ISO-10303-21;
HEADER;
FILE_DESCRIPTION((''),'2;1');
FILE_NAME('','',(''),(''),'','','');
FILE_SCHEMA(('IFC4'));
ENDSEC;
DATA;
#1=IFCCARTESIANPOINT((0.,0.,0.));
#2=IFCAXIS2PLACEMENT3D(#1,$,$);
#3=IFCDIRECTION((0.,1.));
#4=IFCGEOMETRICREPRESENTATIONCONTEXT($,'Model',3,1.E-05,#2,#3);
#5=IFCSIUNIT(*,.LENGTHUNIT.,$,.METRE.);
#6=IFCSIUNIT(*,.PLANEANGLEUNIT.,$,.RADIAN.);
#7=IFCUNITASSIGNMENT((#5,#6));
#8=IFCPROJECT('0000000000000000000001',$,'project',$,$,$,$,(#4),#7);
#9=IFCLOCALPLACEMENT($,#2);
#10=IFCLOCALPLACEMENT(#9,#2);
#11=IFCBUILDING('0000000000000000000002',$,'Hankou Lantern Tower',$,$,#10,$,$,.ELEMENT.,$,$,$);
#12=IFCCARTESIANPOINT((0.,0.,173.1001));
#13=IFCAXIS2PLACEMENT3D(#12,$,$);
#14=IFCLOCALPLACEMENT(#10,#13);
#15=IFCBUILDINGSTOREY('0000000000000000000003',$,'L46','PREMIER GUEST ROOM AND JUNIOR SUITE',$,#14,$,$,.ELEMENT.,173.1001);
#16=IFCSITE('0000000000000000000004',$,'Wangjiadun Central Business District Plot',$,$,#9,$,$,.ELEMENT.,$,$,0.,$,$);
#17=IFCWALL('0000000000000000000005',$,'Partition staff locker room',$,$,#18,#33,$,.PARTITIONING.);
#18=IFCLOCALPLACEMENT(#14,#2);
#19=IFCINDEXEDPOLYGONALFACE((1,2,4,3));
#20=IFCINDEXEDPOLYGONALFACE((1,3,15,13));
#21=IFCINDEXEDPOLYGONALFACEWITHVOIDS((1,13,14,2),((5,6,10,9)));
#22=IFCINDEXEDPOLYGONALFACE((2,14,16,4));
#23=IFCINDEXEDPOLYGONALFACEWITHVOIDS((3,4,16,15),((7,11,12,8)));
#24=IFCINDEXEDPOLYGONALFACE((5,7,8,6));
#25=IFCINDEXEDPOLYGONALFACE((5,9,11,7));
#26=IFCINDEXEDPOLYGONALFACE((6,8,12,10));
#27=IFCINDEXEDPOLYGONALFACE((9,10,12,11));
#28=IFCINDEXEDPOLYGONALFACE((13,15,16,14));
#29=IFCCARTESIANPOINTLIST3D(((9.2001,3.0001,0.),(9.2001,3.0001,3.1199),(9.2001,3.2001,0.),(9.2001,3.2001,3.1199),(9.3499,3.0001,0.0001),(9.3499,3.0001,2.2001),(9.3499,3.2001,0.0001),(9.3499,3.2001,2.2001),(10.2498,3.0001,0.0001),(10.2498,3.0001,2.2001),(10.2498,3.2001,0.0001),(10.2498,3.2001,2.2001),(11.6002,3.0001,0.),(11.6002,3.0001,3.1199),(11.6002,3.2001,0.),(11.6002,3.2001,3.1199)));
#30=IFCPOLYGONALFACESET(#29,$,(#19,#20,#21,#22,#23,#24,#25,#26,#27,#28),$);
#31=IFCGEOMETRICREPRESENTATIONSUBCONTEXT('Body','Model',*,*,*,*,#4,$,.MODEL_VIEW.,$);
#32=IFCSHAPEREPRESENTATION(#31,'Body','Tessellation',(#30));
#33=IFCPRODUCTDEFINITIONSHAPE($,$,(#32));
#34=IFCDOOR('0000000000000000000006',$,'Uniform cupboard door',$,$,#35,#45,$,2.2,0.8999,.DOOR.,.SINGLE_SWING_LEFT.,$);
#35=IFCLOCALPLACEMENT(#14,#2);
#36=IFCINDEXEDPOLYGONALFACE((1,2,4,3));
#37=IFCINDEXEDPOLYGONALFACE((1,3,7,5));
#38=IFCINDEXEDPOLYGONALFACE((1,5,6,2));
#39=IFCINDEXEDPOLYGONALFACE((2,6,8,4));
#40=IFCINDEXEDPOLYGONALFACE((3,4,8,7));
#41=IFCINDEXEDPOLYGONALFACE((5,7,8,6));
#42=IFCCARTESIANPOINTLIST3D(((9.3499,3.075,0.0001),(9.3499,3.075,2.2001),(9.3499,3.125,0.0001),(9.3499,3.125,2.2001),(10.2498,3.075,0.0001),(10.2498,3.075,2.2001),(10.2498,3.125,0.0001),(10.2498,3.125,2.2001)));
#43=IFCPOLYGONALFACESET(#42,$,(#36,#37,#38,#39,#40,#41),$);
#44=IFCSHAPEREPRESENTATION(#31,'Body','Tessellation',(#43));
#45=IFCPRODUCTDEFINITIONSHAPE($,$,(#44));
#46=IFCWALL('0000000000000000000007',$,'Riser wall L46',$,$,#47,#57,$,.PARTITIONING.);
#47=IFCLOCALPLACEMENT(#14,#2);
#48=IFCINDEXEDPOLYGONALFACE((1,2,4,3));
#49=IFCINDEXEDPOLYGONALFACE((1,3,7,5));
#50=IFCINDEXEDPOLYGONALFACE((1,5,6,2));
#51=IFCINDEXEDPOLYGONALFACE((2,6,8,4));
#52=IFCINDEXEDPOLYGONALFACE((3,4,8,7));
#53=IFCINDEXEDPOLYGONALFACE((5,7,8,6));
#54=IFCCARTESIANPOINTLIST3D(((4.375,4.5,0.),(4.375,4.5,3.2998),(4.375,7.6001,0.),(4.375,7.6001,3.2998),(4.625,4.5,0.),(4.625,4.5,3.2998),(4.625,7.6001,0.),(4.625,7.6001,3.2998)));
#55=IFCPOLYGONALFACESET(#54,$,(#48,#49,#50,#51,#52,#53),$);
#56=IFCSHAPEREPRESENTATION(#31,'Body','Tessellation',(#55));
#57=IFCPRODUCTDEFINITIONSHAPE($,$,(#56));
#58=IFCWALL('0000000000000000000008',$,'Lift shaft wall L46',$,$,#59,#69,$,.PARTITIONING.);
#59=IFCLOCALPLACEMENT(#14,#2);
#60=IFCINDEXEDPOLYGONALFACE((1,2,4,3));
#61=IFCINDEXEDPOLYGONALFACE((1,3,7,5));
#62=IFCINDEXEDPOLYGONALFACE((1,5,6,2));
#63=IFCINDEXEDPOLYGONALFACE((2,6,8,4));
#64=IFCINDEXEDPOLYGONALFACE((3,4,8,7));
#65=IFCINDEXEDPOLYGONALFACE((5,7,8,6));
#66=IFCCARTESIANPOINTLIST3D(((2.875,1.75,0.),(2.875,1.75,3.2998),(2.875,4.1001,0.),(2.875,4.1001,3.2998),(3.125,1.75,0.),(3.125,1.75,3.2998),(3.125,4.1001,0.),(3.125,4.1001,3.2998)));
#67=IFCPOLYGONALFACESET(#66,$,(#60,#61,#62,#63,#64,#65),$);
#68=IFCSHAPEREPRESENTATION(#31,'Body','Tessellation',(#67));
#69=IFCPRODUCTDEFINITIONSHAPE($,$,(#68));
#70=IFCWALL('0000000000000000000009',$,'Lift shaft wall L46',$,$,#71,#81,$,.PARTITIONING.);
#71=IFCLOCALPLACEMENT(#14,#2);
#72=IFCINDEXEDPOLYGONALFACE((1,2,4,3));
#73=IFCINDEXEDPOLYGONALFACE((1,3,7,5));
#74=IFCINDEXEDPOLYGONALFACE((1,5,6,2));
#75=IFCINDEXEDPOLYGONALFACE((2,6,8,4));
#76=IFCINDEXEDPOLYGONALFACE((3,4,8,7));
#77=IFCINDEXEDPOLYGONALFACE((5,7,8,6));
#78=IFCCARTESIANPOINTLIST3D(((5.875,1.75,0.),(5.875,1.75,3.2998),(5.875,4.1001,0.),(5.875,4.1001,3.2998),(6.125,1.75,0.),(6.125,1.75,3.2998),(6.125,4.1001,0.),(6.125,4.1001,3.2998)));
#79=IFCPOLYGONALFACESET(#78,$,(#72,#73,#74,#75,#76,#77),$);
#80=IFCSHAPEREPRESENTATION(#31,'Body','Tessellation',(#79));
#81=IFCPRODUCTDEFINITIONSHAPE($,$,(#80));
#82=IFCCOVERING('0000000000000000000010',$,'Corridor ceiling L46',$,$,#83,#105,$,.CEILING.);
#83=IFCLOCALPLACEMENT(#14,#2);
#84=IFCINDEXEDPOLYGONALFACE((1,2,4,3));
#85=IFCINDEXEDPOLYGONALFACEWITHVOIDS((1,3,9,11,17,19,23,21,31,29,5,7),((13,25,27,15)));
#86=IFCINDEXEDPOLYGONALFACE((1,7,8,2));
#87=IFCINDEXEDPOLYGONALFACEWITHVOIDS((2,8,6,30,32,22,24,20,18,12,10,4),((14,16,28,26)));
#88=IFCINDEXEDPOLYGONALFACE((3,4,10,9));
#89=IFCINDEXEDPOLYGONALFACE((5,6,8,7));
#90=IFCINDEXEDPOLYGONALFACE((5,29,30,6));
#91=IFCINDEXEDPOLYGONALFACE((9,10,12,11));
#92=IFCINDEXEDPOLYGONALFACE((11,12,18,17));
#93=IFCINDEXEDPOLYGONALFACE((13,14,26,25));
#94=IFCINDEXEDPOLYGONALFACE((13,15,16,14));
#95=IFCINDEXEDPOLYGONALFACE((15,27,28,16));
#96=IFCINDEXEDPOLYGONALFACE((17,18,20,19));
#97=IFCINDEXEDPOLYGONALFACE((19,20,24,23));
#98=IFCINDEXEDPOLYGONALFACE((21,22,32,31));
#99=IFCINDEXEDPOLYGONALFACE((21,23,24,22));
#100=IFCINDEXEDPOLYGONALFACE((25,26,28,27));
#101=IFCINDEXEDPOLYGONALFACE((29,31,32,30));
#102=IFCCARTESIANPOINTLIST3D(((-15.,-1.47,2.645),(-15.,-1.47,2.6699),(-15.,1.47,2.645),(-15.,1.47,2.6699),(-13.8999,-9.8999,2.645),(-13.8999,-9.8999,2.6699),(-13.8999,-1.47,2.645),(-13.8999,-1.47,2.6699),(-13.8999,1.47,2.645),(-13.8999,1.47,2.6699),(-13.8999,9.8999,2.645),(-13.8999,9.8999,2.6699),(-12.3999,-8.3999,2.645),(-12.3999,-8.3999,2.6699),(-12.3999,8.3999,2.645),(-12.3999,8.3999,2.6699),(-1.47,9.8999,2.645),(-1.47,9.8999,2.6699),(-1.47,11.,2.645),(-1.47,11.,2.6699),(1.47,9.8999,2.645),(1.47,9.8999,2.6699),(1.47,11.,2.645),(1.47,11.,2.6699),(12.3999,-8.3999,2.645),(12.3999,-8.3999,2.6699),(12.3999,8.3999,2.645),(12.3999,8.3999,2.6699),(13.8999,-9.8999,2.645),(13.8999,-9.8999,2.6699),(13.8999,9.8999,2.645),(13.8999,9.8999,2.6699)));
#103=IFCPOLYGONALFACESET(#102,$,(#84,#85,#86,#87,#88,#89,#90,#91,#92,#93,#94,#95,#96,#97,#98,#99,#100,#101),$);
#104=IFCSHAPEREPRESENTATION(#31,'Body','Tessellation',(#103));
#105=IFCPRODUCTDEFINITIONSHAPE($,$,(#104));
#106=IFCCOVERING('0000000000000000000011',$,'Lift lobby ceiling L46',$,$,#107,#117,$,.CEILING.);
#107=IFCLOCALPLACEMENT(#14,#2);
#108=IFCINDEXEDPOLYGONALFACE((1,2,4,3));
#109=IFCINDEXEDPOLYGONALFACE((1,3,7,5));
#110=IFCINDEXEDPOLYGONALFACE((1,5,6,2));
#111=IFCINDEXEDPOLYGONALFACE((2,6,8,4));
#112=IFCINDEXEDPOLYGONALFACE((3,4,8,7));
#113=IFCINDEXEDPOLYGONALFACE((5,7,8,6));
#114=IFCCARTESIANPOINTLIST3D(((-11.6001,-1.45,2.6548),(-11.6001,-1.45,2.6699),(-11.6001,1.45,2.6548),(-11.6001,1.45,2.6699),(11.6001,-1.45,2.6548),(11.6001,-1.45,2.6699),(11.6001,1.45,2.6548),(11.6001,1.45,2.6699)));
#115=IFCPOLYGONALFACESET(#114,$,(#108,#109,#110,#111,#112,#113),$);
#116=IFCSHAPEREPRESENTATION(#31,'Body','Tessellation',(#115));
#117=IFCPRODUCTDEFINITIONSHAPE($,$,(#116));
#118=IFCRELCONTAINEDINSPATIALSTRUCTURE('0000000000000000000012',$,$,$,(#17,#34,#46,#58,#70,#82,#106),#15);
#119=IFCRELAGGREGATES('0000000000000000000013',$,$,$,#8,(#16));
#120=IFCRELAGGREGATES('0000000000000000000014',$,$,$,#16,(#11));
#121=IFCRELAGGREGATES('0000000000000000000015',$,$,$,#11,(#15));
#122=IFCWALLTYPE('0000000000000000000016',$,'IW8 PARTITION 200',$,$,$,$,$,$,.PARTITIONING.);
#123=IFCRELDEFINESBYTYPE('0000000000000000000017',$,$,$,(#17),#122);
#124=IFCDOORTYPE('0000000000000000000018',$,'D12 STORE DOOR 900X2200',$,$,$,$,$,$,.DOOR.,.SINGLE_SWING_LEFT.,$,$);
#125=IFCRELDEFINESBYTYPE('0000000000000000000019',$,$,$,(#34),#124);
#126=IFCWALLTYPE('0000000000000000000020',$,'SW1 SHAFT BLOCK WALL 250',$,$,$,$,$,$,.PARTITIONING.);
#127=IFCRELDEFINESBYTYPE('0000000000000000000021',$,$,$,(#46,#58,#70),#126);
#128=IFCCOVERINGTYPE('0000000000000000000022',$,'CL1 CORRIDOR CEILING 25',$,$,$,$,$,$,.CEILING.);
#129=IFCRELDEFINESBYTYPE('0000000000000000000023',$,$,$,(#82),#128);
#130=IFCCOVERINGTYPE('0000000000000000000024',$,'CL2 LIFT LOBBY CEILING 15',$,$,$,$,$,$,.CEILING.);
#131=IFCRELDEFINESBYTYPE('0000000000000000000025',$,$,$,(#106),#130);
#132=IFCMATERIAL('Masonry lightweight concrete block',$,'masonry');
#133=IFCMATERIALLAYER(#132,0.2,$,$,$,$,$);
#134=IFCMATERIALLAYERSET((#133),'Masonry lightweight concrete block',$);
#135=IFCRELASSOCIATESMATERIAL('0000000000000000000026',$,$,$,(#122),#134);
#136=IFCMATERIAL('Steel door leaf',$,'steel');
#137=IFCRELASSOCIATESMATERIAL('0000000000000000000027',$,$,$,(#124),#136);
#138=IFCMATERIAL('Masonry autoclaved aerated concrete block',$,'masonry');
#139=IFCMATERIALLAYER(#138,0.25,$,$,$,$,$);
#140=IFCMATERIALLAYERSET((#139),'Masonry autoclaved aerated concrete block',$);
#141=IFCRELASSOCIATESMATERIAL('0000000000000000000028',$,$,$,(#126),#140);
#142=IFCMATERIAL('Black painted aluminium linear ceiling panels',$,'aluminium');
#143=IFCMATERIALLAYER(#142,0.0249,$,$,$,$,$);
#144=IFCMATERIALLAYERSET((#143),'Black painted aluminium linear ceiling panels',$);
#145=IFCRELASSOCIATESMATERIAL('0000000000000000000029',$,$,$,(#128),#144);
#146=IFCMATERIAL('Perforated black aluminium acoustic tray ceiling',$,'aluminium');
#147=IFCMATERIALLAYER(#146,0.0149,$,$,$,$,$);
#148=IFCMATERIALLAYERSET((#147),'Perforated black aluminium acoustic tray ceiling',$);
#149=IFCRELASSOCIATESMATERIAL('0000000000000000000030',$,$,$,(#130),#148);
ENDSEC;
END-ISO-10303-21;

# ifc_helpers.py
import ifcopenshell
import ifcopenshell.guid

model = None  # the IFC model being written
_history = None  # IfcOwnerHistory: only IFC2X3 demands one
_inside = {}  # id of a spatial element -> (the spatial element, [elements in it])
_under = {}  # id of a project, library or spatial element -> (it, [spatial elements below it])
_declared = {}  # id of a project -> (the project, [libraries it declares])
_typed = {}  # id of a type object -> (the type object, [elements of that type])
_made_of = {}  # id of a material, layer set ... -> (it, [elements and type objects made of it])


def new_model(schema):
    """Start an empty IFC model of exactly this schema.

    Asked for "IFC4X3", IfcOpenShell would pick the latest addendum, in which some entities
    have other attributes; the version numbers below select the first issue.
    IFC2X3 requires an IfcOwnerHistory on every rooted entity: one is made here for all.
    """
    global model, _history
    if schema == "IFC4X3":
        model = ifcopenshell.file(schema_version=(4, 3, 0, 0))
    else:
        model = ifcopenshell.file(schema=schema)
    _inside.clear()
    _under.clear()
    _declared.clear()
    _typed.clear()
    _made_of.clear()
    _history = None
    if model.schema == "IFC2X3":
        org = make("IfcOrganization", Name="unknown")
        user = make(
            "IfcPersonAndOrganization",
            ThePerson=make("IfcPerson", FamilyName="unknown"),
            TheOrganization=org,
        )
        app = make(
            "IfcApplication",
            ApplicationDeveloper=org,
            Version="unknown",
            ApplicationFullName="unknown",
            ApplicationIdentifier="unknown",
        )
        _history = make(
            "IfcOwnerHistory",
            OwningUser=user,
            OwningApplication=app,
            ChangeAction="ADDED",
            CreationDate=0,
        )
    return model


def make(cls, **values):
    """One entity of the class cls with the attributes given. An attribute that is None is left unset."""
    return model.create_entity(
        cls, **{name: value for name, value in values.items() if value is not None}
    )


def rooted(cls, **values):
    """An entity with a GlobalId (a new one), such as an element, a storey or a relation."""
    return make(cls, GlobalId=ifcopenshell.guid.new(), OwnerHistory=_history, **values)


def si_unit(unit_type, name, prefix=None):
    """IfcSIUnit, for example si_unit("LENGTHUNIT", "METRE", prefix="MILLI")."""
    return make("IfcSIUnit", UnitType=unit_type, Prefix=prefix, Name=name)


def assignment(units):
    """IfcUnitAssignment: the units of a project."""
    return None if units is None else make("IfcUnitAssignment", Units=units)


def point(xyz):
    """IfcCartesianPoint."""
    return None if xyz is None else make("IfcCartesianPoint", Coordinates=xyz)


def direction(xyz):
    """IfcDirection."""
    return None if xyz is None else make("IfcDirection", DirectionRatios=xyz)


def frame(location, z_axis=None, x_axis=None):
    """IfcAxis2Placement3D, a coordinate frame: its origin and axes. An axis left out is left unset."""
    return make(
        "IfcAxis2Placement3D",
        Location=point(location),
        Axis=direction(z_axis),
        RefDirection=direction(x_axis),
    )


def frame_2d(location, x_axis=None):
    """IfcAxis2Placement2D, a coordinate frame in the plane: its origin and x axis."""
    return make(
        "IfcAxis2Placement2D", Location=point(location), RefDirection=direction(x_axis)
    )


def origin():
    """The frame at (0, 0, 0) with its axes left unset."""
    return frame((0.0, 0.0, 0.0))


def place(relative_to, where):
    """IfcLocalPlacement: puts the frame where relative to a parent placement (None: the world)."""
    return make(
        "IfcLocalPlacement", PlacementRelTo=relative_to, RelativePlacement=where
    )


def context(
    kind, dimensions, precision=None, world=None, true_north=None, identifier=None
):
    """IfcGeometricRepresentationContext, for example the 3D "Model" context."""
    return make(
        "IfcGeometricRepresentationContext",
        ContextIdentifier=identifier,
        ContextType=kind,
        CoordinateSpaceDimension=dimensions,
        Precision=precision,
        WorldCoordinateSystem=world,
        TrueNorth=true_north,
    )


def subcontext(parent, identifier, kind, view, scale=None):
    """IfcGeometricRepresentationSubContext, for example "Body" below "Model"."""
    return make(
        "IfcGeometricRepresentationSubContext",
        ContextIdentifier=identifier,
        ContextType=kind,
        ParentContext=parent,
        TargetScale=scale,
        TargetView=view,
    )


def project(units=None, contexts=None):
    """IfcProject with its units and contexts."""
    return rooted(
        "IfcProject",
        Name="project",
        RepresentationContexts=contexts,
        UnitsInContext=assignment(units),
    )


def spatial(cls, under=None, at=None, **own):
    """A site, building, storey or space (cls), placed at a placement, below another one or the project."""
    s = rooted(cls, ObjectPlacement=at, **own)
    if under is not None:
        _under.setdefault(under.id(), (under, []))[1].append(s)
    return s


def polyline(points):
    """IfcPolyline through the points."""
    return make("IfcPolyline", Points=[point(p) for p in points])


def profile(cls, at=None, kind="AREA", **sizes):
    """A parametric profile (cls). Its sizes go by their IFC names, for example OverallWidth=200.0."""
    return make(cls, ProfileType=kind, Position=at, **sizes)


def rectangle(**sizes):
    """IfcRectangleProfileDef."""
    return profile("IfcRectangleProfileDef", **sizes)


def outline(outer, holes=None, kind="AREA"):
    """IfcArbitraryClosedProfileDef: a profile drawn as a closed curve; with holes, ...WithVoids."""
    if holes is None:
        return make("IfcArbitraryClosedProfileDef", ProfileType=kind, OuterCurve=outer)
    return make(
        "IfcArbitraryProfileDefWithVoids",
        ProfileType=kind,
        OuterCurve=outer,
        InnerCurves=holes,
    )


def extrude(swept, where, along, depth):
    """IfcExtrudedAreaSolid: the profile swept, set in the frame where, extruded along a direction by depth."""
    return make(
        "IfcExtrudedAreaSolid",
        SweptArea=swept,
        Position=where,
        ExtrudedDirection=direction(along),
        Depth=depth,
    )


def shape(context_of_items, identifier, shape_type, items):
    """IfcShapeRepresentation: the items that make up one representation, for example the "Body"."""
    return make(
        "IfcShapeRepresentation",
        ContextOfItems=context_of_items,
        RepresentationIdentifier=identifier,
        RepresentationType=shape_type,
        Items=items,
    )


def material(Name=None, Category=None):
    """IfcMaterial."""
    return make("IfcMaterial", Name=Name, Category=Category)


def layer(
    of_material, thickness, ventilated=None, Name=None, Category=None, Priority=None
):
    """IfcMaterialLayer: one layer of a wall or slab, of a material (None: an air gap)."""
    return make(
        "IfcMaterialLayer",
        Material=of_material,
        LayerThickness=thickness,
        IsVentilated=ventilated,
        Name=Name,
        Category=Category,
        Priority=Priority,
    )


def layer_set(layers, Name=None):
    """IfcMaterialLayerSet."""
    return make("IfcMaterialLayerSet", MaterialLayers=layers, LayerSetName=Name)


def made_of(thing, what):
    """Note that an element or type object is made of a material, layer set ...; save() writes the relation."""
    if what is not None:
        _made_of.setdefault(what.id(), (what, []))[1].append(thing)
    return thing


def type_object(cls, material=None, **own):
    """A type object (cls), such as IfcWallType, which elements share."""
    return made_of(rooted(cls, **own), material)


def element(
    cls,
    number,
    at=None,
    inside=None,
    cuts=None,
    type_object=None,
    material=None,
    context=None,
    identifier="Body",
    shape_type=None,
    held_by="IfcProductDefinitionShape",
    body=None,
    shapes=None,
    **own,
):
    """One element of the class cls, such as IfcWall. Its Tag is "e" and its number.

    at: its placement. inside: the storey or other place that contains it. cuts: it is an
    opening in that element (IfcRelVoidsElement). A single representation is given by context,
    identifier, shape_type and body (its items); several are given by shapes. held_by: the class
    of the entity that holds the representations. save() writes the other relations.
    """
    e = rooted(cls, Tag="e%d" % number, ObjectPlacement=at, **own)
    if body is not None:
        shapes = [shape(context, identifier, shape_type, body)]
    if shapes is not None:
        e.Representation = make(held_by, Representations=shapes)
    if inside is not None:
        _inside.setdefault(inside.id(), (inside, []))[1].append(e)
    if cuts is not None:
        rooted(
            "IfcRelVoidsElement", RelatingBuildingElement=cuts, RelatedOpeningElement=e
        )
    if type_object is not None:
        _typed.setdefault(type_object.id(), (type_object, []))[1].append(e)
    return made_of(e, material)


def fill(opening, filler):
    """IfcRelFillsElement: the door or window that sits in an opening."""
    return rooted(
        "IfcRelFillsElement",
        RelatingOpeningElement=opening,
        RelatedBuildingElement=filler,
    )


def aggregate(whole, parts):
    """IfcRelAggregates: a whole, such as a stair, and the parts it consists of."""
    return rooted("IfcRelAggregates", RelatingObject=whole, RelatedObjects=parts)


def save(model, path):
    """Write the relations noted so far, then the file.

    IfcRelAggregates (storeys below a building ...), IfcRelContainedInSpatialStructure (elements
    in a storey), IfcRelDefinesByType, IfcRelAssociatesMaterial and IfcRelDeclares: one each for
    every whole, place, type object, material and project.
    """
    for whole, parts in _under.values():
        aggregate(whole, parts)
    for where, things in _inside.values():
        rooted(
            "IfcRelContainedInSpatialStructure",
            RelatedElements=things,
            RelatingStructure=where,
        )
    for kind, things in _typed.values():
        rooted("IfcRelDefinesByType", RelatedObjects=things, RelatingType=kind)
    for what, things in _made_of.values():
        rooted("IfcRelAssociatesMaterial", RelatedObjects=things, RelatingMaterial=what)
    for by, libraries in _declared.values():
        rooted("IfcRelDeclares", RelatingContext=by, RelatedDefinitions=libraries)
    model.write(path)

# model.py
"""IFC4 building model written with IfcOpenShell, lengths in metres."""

from ifc_helpers import new_model, si_unit, direction, frame, frame_2d, origin, place, context, subcontext, project, spatial, polyline, rectangle, outline, extrude, material, layer, layer_set, type_object, element, fill, save


model = new_model("IFC4")

# Units and contexts
model_context = context("Model", 3, precision=1e-05, world=origin(), true_north=direction((0.0, 1.0)))
body_context = subcontext(model_context, "Body", "Model", "MODEL_VIEW")
ifc_project = project(units=[si_unit("LENGTHUNIT", "METRE"), si_unit("PLANEANGLEUNIT", "RADIAN")], contexts=[model_context])

# Site, building, storey
site_placement = place(None, origin())
site = spatial("IfcSite", under=ifc_project, at=site_placement, Name="Wangjiadun Central Business District Plot", CompositionType="ELEMENT", RefElevation=0.0)
building_placement = place(site_placement, origin())
building = spatial("IfcBuilding", under=site, at=building_placement, Name="Hankou Lantern Tower", CompositionType="ELEMENT")
storey_placement = place(building_placement, frame((0.0, 0.0, 173.1001)))
storey = spatial("IfcBuildingStorey", under=building, at=storey_placement, Name="L46", Description="PREMIER GUEST ROOM AND JUNIOR SUITE", CompositionType="ELEMENT", Elevation=173.1001)

# Wall, opening, door
ifc_material_1 = material(Name="Masonry lightweight concrete block", Category="masonry")
ifc_layer_1 = layer(ifc_material_1, 0.2)
ifc_layer_set_1 = layer_set([ifc_layer_1], Name="Masonry lightweight concrete block")
wall_type_1 = type_object("IfcWallType", Name="IW8 PARTITION 200", PredefinedType="PARTITIONING", material=ifc_layer_set_1)
wall_1_placement = place(storey_placement, frame((9.2, 3.1001, 0.0), z_axis=(0.0, 0.0, 1.0), x_axis=(1.0, 0.0, 0.0)))
wall_1 = element("IfcWall", 1, at=wall_1_placement, inside=storey, type_object=wall_type_1, Name="Partition staff locker room", PredefinedType="PARTITIONING", context=body_context, shape_type="SweptSolid", body=[
    extrude(rectangle(XDim=2.4001, YDim=0.2, at=frame_2d((1.2002, 0.0))), origin(), (0.0, 0.0, 1.0), 3.1199),
])
opening_1_placement = place(wall_1_placement, frame((0.1499, 0.0, 0.0)))
opening_1 = element("IfcOpeningElement", 2, at=opening_1_placement, cuts=wall_1, PredefinedType="OPENING", context=body_context, shape_type="SweptSolid", body=[
    extrude(rectangle(XDim=0.8999, YDim=2.2, at=frame_2d((0.45, 1.1001))), frame((0.0, 0.1099, 0.0), z_axis=(0.0, -1.0, 0.0), x_axis=(1.0, 0.0, 0.0)), (0.0, 0.0, 1.0), 0.22),
])
ifc_material_2 = material(Name="Steel door leaf", Category="steel")
door_type_1 = type_object("IfcDoorType", Name="D12 STORE DOOR 900X2200", OperationType="SINGLE_SWING_LEFT", PredefinedType="DOOR", material=ifc_material_2)
door_1_placement = place(opening_1_placement, origin())
door_1 = element("IfcDoor", 3, at=door_1_placement, inside=storey, type_object=door_type_1, Name="Uniform cupboard door", OperationType="SINGLE_SWING_LEFT", OverallHeight=2.2, OverallWidth=0.8999, PredefinedType="DOOR", context=body_context, shape_type="SweptSolid", body=[
    extrude(rectangle(XDim=0.8999, YDim=2.2, at=frame_2d((0.45, 1.1001))), frame((0.0, 0.0249, 0.0), z_axis=(0.0, -1.0, 0.0), x_axis=(1.0, 0.0, 0.0)), (0.0, 0.0, 1.0), 0.05),
])
fill(opening_1, door_1)

# Walls
ifc_material_3 = material(Name="Masonry autoclaved aerated concrete block", Category="masonry")
ifc_layer_2 = layer(ifc_material_3, 0.25)
ifc_layer_set_2 = layer_set([ifc_layer_2], Name="Masonry autoclaved aerated concrete block")
wall_type_2 = type_object("IfcWallType", Name="SW1 SHAFT BLOCK WALL 250", PredefinedType="PARTITIONING", material=ifc_layer_set_2)
wall_2_placement = place(storey_placement, frame((4.5, 4.5, 0.0), z_axis=(0.0, 0.0, 1.0), x_axis=(0.0, 1.0, 0.0)))
element("IfcWall", 4, at=wall_2_placement, inside=storey, type_object=wall_type_2, Name="Riser wall L46", PredefinedType="PARTITIONING", context=body_context, shape_type="SweptSolid", body=[
    extrude(rectangle(XDim=3.1001, YDim=0.25, at=frame_2d((1.55, 0.0))), origin(), (0.0, 0.0, 1.0), 3.2998),
])
for number, where, z_axis, x_axis, name in (
    (5, (3.0, 1.75, 0.0), (0.0, 0.0, 1.0), (0.0, 1.0, 0.0), "Lift shaft wall L46"),
    (6, (6.0, 1.75, 0.0), (0.0, 0.0, 1.0), (0.0, 1.0, 0.0), "Lift shaft wall L46"),
):
    element("IfcWall", number, at=place(storey_placement, frame(where, z_axis=z_axis, x_axis=x_axis)), inside=storey, type_object=wall_type_2, Name=name, PredefinedType="PARTITIONING", context=body_context, shape_type="SweptSolid", body=[
        extrude(rectangle(XDim=2.3501, YDim=0.25, at=frame_2d((1.175, 0.0))), origin(), (0.0, 0.0, 1.0), 3.2998),
    ])

# Coverings
ifc_material_4 = material(Name="Black painted aluminium linear ceiling panels", Category="aluminium")
ifc_layer_3 = layer(ifc_material_4, 0.0249)
ifc_layer_set_3 = layer_set([ifc_layer_3], Name="Black painted aluminium linear ceiling panels")
covering_type_1 = type_object("IfcCoveringType", Name="CL1 CORRIDOR CEILING 25", PredefinedType="CEILING", material=ifc_layer_set_3)
covering_1_placement = place(storey_placement, frame((0.0, 0.0, 2.645)))
element("IfcCovering", 7, at=covering_1_placement, inside=storey, type_object=covering_type_1, Name="Corridor ceiling L46", PredefinedType="CEILING", context=body_context, shape_type="SweptSolid", body=[
    extrude(outline(polyline([(1.47, 9.8999), (1.47, 11.0), (-1.47, 11.0), (-1.47, 9.8999), (-13.8999, 9.8999), (-13.8999, 1.47), (-15.0, 1.47), (-15.0, -1.47), (-13.8999, -1.47), (-13.8999, -9.8999), (13.8999, -9.8999), (13.8999, 9.8999), (1.47, 9.8999)]), holes=[polyline([(-12.3999, 8.3999), (12.3999, 8.3999), (12.3999, -8.3999), (-12.3999, -8.3999), (-12.3999, 8.3999)])]), origin(), (0.0, 0.0, 1.0), 0.0249),
])
ifc_material_5 = material(Name="Perforated black aluminium acoustic tray ceiling", Category="aluminium")
ifc_layer_4 = layer(ifc_material_5, 0.0149)
ifc_layer_set_4 = layer_set([ifc_layer_4], Name="Perforated black aluminium acoustic tray ceiling")
covering_type_2 = type_object("IfcCoveringType", Name="CL2 LIFT LOBBY CEILING 15", PredefinedType="CEILING", material=ifc_layer_set_4)
covering_2_placement = place(storey_placement, frame((0.0, 0.0, 2.6548)))
element("IfcCovering", 8, at=covering_2_placement, inside=storey, type_object=covering_type_2, Name="Lift lobby ceiling L46", PredefinedType="CEILING", context=body_context, shape_type="SweptSolid", body=[
    extrude(outline(polyline([(-11.6001, -1.45), (11.6001, -1.45), (11.6001, 1.45), (-11.6001, 1.45), (-11.6001, -1.45)])), origin(), (0.0, 0.0, 1.0), 0.0151),
])

save(model, "model.ifc")
